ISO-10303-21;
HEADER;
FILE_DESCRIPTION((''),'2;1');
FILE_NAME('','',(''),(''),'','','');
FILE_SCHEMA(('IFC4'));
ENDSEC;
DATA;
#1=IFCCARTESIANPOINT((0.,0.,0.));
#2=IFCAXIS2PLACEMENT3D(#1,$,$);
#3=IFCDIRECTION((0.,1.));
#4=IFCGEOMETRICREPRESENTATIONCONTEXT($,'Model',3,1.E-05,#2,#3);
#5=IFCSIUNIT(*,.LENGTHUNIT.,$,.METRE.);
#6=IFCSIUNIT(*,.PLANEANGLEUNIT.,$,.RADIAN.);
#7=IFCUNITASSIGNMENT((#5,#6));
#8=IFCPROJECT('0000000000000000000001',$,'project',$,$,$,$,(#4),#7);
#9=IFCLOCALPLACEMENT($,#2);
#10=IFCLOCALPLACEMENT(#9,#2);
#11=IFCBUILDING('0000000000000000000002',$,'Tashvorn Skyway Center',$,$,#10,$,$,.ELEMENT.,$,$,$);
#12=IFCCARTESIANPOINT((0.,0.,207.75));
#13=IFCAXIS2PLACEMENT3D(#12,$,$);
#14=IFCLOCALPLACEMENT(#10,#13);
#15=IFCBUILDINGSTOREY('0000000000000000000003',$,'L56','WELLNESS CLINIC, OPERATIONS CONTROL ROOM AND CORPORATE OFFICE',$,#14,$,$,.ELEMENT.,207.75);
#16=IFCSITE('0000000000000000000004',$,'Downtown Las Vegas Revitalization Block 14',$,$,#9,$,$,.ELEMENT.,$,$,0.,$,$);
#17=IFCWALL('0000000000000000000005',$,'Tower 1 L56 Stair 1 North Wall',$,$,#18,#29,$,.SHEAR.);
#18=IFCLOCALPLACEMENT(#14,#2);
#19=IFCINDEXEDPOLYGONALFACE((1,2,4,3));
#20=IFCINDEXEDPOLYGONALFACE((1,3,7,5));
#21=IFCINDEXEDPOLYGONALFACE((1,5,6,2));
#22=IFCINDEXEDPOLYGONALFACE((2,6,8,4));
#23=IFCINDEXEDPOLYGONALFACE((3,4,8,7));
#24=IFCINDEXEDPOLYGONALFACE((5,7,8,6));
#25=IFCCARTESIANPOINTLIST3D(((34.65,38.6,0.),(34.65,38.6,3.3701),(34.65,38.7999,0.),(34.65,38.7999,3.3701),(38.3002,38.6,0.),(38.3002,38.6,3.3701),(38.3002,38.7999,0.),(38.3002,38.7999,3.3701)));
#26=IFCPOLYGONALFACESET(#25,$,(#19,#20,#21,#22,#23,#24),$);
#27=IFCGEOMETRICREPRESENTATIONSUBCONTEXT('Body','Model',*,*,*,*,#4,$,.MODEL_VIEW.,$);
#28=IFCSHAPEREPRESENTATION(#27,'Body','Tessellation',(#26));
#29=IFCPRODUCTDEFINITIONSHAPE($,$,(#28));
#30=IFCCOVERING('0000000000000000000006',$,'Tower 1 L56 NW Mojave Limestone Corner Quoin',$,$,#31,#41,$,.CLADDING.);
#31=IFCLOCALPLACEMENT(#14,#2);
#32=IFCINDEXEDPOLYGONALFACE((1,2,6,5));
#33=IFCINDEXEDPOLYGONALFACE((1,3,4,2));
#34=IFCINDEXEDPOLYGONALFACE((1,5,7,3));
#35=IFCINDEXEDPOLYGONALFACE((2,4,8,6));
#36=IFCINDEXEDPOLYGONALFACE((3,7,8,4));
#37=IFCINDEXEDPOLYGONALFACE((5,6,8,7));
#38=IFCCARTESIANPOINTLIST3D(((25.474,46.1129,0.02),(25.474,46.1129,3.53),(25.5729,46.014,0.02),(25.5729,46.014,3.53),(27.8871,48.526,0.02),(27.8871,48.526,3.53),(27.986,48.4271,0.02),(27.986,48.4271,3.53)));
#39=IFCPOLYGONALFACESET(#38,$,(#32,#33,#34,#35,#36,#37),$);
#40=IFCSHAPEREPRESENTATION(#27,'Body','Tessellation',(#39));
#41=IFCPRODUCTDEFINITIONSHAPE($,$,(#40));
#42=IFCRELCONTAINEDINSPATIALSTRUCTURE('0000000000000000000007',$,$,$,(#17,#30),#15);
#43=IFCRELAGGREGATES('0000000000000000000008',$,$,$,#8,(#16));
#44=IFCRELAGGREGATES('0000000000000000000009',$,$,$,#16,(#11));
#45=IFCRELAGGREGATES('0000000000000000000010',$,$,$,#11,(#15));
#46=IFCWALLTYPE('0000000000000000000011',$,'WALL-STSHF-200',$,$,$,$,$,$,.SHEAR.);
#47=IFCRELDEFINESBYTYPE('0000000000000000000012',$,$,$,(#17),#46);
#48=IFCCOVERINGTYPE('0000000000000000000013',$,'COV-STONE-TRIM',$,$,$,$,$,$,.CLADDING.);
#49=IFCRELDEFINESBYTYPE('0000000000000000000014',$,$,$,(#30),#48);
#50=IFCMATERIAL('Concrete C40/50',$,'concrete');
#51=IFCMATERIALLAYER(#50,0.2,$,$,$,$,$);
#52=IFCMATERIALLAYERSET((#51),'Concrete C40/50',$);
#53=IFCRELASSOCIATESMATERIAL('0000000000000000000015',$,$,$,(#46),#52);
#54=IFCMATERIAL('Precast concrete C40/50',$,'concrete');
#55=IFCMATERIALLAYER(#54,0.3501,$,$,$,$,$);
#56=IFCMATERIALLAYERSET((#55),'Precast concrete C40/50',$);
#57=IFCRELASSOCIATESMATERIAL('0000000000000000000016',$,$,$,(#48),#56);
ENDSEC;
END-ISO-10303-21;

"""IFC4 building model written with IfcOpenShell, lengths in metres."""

from ifc_helpers import new_model, si_unit, direction, frame, frame_2d, origin, origin_2d, place, context, subcontext, project, spatial, rectangle, extrude, material, layer, layer_set, type_object, element, save


model = new_model("IFC4")

# Units and contexts
model_context = context("Model", 3, precision=1e-05, world=origin(), true_north=direction((0.0, 1.0)))
body_context = subcontext(model_context, "Body", "Model", "MODEL_VIEW")
ifc_project = project(units=[si_unit("LENGTHUNIT", "METRE"), si_unit("PLANEANGLEUNIT", "RADIAN")], contexts=[model_context])

# Site, building, storey
site_placement = place(None, origin())
site = spatial("IfcSite", under=ifc_project, at=site_placement, Name="Downtown Las Vegas Revitalization Block 14", CompositionType="ELEMENT", RefElevation=0.0)
building_placement = place(site_placement, origin())
building = spatial("IfcBuilding", under=site, at=building_placement, Name="Tashvorn Skyway Center", CompositionType="ELEMENT")
storey_placement = place(building_placement, frame((0.0, 0.0, 207.75)))
storey = spatial("IfcBuildingStorey", under=building, at=storey_placement, Name="L56", Description="WELLNESS CLINIC, OPERATIONS CONTROL ROOM AND CORPORATE OFFICE", CompositionType="ELEMENT", Elevation=207.75)

# Shared definitions
ifc_material_1 = material(Name="Precast concrete C40/50", Category="concrete")

# Wall
ifc_material_2 = material(Name="Concrete C40/50", Category="concrete")
ifc_layer_1 = layer(ifc_material_2, 0.2)
ifc_layer_set_1 = layer_set([ifc_layer_1], Name="Concrete C40/50")
wall_type_1 = type_object("IfcWallType", Name="WALL-STSHF-200", PredefinedType="SHEAR", material=ifc_layer_set_1)
wall_1_placement = place(storey_placement, frame((34.6499, 38.7, 0.0), z_axis=(0.0, 0.0, 1.0), x_axis=(1.0, 0.0, 0.0)))
element("IfcWall", 1, at=wall_1_placement, inside=storey, type_object=wall_type_1, Name="Tower 1 L56 Stair 1 North Wall", PredefinedType="SHEAR", context=body_context, shape_type="SweptSolid", body=[
    extrude(rectangle(XDim=3.6501, YDim=0.2, at=frame_2d((1.8252, 0.0))), origin(), (0.0, 0.0, 1.0), 3.3701),
])

# Covering
ifc_layer_2 = layer(ifc_material_1, 0.3501)
ifc_layer_set_2 = layer_set([ifc_layer_2], Name="Precast concrete C40/50")
covering_type = type_object("IfcCoveringType", Name="COV-STONE-TRIM", PredefinedType="CLADDING", material=ifc_layer_set_2)
covering_placement = place(storey_placement, frame((26.73, 47.27, 0.02), z_axis=(0.0, 0.0, 1.0), x_axis=(-0.707107, -0.707107, 0.0)))
element("IfcCovering", 2, at=covering_placement, inside=storey, type_object=covering_type, Name="Tower 1 L56 NW Mojave Limestone Corner Quoin", PredefinedType="CLADDING", context=body_context, shape_type="SweptSolid", body=[
    extrude(rectangle(XDim=3.4126, YDim=0.1399, at=origin_2d()), origin(), (0.0, 0.0, 1.0), 3.51),
])

save(model, "model.ifc")
